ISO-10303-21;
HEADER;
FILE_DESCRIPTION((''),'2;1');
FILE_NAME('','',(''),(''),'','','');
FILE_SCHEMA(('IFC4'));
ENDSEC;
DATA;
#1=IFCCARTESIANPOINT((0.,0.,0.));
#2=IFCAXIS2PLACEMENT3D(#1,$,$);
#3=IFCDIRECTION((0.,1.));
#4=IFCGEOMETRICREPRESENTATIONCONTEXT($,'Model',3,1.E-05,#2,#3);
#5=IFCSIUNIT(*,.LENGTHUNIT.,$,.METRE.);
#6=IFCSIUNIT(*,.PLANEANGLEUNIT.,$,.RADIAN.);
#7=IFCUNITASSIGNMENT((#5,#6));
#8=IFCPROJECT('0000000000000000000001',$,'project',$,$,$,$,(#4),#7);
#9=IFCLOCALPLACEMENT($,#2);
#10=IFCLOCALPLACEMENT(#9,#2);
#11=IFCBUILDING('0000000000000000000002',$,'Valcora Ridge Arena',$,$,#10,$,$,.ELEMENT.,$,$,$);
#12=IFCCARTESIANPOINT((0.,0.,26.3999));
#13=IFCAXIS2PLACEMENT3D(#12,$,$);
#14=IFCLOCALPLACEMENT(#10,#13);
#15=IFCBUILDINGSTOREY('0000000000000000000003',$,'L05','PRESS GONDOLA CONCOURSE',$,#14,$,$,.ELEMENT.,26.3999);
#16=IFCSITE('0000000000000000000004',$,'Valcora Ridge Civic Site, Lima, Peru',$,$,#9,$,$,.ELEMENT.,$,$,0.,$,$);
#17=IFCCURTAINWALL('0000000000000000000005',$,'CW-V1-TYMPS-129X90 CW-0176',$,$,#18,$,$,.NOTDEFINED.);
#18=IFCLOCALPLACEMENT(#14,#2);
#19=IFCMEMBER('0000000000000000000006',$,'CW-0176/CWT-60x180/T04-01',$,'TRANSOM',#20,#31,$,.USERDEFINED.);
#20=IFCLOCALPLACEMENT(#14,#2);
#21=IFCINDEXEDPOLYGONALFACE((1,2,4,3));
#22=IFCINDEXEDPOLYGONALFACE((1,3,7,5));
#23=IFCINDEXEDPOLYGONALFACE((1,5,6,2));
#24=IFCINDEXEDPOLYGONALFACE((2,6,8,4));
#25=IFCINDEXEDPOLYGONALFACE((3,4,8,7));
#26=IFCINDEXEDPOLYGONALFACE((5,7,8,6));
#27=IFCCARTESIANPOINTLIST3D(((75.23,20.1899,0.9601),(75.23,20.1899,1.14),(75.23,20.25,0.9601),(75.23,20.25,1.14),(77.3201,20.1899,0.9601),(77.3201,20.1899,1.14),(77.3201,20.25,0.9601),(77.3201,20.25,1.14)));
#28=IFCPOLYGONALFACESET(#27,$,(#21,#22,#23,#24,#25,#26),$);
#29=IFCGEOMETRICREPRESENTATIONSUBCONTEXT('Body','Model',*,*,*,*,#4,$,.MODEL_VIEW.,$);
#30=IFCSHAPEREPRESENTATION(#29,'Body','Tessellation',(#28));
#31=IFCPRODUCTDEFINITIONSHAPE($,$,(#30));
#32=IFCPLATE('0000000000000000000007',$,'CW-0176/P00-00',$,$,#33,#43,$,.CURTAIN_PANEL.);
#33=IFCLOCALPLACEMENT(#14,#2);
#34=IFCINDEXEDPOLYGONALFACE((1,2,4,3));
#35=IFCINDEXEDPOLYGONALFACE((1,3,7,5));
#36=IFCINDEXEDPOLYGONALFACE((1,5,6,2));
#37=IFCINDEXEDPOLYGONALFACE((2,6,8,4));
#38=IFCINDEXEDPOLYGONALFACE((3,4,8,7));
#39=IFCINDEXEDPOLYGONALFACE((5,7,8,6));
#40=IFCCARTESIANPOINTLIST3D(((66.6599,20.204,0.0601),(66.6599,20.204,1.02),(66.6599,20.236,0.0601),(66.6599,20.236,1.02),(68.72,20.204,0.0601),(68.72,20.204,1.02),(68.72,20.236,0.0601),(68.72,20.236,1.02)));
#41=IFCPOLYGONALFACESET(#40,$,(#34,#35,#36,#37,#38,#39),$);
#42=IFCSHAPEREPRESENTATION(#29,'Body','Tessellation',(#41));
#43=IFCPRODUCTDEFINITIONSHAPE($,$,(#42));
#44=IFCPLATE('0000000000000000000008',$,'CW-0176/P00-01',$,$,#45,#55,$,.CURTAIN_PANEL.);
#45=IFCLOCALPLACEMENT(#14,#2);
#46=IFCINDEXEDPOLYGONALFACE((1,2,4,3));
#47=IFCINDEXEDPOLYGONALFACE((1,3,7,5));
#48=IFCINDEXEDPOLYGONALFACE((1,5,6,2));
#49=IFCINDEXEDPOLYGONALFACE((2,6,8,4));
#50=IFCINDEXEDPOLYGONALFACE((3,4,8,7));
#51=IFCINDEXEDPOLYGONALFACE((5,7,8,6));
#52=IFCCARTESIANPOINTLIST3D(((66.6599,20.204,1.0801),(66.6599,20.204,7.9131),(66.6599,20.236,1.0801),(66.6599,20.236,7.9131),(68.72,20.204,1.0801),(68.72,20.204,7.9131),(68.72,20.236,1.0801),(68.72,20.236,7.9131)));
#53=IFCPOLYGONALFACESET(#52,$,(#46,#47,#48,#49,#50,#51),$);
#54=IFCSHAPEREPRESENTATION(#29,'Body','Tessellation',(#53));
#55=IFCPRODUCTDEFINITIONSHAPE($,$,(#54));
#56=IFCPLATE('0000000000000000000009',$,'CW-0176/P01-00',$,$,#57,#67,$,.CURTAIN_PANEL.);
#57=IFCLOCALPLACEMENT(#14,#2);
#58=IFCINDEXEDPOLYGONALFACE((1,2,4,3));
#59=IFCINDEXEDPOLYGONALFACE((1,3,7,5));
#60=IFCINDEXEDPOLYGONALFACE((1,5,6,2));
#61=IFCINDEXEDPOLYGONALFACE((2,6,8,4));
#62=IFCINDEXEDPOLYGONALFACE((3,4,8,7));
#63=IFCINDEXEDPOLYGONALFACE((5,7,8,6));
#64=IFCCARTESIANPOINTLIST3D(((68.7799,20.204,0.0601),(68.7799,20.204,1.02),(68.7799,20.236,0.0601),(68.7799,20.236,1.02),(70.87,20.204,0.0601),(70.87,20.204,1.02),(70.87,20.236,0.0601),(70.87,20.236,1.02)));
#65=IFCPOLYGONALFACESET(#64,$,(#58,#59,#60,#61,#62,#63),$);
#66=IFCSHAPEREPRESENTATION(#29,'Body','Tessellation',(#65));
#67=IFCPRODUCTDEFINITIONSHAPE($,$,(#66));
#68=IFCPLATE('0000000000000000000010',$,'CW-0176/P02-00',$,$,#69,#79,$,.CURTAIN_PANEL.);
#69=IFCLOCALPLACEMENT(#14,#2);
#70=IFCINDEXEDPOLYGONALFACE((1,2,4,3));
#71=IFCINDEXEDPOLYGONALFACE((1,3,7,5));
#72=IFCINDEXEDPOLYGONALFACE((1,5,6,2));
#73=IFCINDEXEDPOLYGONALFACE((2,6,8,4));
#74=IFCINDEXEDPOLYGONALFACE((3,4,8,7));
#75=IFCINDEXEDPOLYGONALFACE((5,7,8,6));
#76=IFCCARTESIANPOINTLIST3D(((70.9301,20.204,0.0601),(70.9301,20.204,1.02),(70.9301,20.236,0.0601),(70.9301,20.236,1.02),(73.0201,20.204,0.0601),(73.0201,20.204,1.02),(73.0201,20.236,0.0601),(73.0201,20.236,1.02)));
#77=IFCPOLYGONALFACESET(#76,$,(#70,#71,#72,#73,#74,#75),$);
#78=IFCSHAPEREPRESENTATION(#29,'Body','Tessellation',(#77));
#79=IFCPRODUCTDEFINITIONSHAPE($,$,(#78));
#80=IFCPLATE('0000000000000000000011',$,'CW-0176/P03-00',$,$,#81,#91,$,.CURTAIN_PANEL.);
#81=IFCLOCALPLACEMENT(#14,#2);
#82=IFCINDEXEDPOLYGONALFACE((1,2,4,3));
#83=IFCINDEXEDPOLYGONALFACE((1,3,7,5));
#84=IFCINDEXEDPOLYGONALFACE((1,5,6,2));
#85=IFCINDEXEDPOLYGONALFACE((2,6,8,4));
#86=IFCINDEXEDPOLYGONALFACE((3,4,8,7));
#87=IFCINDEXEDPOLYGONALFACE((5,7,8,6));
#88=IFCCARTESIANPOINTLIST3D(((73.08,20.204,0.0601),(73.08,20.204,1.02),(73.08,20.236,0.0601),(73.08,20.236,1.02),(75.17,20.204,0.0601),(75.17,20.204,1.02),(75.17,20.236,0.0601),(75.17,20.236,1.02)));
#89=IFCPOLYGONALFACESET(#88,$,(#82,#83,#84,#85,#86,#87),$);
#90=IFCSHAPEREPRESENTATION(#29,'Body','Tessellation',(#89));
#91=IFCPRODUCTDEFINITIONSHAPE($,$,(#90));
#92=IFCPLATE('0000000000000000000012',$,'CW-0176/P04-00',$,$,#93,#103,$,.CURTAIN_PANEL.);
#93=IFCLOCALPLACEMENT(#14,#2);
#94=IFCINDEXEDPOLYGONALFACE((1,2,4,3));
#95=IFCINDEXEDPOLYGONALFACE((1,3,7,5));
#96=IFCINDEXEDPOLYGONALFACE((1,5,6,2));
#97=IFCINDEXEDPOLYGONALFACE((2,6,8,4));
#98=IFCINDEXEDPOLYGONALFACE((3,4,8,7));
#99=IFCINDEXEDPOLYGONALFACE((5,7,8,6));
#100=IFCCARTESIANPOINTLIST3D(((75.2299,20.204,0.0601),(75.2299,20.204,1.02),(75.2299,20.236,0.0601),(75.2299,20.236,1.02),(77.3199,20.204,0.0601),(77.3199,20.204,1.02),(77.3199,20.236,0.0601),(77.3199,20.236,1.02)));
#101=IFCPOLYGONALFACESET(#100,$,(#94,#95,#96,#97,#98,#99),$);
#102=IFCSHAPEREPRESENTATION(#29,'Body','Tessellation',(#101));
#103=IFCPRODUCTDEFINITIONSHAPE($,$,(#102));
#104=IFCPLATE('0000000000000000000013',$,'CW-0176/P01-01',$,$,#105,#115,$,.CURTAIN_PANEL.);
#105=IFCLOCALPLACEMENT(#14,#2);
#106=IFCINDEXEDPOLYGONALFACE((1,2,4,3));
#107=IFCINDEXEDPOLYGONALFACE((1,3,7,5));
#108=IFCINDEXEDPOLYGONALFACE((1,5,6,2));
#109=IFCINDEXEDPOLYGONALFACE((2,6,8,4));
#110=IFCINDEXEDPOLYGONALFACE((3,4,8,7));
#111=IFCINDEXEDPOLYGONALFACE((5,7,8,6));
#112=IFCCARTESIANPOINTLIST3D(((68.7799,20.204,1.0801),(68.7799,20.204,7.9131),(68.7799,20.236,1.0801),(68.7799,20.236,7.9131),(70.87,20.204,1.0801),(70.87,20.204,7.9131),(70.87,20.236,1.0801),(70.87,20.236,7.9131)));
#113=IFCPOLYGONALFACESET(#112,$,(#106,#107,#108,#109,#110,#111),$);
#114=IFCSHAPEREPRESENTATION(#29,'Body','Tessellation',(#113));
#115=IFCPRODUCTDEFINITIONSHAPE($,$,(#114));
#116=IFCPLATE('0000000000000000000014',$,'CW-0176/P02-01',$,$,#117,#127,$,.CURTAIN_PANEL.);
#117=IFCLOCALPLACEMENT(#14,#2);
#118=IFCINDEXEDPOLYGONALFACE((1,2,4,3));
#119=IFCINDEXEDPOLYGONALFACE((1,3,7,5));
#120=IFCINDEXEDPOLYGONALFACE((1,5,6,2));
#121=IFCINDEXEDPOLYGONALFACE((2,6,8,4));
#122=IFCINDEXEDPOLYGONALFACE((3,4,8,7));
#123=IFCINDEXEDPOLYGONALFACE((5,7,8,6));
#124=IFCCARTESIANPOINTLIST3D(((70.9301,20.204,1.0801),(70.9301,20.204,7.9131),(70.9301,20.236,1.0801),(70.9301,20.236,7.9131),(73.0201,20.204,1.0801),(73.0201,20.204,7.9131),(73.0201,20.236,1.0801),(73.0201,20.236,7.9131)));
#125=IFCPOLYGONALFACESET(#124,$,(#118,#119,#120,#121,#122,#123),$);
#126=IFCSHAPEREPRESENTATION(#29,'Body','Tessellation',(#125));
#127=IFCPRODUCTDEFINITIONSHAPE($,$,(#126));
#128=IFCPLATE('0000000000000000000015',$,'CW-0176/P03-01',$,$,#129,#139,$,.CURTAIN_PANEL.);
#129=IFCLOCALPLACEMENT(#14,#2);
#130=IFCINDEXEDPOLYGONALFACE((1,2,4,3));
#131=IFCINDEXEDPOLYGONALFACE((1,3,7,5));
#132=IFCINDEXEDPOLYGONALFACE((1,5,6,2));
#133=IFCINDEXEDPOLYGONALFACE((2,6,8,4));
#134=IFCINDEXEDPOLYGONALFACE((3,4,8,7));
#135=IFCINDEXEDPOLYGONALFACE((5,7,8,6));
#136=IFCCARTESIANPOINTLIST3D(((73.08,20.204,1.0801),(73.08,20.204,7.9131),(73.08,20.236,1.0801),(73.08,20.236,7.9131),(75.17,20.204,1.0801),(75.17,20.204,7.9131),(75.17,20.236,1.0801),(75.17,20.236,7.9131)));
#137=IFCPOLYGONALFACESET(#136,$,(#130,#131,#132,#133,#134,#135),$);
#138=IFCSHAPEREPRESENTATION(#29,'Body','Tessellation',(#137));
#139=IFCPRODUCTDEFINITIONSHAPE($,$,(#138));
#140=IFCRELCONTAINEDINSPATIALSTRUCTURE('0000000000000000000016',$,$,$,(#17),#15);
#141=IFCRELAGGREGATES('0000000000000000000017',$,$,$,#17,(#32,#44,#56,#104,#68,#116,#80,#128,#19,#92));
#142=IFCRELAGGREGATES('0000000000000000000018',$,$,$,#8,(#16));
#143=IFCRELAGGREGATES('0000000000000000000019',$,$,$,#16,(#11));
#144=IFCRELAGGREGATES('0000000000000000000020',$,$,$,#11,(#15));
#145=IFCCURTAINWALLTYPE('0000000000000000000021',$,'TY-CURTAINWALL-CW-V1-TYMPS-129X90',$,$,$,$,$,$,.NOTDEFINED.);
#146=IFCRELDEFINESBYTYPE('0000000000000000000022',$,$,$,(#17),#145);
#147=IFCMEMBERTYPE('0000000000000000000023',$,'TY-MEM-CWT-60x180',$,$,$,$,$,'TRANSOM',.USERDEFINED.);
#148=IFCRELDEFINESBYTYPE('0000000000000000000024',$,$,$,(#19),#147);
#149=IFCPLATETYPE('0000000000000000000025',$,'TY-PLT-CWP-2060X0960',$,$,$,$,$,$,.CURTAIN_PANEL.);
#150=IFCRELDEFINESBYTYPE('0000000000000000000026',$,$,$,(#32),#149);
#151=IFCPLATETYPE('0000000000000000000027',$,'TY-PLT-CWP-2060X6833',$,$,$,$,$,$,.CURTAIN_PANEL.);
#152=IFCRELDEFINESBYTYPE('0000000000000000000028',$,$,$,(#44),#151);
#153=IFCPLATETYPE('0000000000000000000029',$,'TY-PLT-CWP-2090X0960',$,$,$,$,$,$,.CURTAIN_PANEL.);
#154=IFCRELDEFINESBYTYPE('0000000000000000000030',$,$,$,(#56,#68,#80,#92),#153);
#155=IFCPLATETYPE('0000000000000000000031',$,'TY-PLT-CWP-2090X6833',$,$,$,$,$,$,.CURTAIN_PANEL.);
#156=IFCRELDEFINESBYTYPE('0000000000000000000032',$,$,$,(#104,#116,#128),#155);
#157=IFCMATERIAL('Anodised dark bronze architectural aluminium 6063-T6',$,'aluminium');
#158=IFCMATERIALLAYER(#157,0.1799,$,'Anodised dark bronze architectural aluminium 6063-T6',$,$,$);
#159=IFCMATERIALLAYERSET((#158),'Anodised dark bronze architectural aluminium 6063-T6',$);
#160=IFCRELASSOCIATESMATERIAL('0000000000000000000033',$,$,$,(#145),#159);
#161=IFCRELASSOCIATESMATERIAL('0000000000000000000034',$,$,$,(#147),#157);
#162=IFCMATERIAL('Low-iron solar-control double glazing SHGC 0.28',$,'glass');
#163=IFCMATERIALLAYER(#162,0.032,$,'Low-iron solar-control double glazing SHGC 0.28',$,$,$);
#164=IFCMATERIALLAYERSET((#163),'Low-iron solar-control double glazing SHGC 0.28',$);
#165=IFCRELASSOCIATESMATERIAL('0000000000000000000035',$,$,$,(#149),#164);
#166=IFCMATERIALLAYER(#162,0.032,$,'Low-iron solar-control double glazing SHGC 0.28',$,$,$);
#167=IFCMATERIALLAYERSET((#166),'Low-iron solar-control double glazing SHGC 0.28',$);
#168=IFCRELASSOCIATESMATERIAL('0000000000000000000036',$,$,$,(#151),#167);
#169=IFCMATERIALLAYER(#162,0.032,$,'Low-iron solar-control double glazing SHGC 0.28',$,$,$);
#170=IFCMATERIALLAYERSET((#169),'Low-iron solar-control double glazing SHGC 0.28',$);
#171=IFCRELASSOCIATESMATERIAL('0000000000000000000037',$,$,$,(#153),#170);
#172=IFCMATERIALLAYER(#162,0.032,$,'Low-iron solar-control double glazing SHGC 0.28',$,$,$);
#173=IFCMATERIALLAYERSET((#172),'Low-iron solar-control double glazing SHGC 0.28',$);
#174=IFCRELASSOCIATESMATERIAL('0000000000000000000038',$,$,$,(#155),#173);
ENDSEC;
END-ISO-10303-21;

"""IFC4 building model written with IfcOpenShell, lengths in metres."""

from ifc_helpers import new_model, si_unit, direction, frame, origin, origin_2d, place, context, subcontext, project, spatial, rectangle, extrude, material, layer, layer_set, material_profile, profile_set, type_object, element, aggregate, save


model = new_model("IFC4")

# Units and contexts
model_context = context("Model", 3, precision=1e-05, world=origin(), true_north=direction((0.0, 1.0)))
body_context = subcontext(model_context, "Body", "Model", "MODEL_VIEW")
ifc_project = project(units=[si_unit("LENGTHUNIT", "METRE"), si_unit("PLANEANGLEUNIT", "RADIAN")], contexts=[model_context])

# Site, building, storey
site_placement = place(None, origin())
site = spatial("IfcSite", under=ifc_project, at=site_placement, Name="Valcora Ridge Civic Site, Lima, Peru", CompositionType="ELEMENT", RefElevation=0.0)
building_placement = place(site_placement, origin())
building = spatial("IfcBuilding", under=site, at=building_placement, Name="Valcora Ridge Arena", CompositionType="ELEMENT")
storey_placement = place(building_placement, frame((0.0, 0.0, 26.3999)))
storey = spatial("IfcBuildingStorey", under=building, at=storey_placement, Name="L05", Description="PRESS GONDOLA CONCOURSE", CompositionType="ELEMENT", Elevation=26.3999)

# Shared definitions
ifc_material_1 = material(Name="Anodised dark bronze architectural aluminium 6063-T6", Category="aluminium")

# Curtain wall, member, plates
ifc_layer_1 = layer(ifc_material_1, 0.1799, Name="Anodised dark bronze architectural aluminium 6063-T6")
ifc_layer_set_1 = layer_set([ifc_layer_1], Name="Anodised dark bronze architectural aluminium 6063-T6")
curtain_wall_type_1 = type_object("IfcCurtainWallType", Name="TY-CURTAINWALL-CW-V1-TYMPS-129X90", PredefinedType="NOTDEFINED", material=ifc_layer_set_1)
curtain_wall_1_placement = place(storey_placement, origin())
curtain_wall_1 = element("IfcCurtainWall", 1, at=curtain_wall_1_placement, inside=storey, type_object=curtain_wall_type_1, Name="CW-V1-TYMPS-129X90 CW-0176", PredefinedType="NOTDEFINED")
ifc_material_profile_1 = material_profile(ifc_material_1, rectangle(XDim=0.0601, YDim=0.1799, at=origin_2d()), Name="ALU TRANSOM 60x180")
ifc_profile_set_1 = profile_set([ifc_material_profile_1], Name="Anodised dark bronze architectural aluminium 6063-T6")
member_type_1 = type_object("IfcMemberType", Name="TY-MEM-CWT-60x180", ElementType="TRANSOM", PredefinedType="USERDEFINED", material=ifc_profile_set_1)
member_1_placement = place(storey_placement, frame((75.23, 20.22, 1.05), z_axis=(1.0, 0.0, 0.0), x_axis=(0.0, 1.0, 0.0)))
member_1 = element("IfcMember", 2, at=member_1_placement, type_object=member_type_1, Name="CW-0176/CWT-60x180/T04-01", ObjectType="TRANSOM", PredefinedType="USERDEFINED", context=body_context, shape_type="SweptSolid", body=[
    extrude(rectangle(XDim=0.0601, YDim=0.1799, at=origin_2d()), origin(), (0.0, 0.0, 1.0), 2.0901),
])
ifc_material_2 = material(Name="Low-iron solar-control double glazing SHGC 0.28", Category="glass")
ifc_layer_2 = layer(ifc_material_2, 0.032, Name="Low-iron solar-control double glazing SHGC 0.28")
ifc_layer_set_2 = layer_set([ifc_layer_2], Name="Low-iron solar-control double glazing SHGC 0.28")
plate_type_1 = type_object("IfcPlateType", Name="TY-PLT-CWP-2060X0960", PredefinedType="CURTAIN_PANEL", material=ifc_layer_set_2)
plate_1_placement = place(storey_placement, frame((67.6899, 20.22, 0.0601), z_axis=(0.0, 0.0, 1.0), x_axis=(1.0, 0.0, 0.0)))
plate_1 = element("IfcPlate", 3, at=plate_1_placement, type_object=plate_type_1, Name="CW-0176/P00-00", PredefinedType="CURTAIN_PANEL", context=body_context, shape_type="SweptSolid", body=[
    extrude(rectangle(XDim=2.0601, YDim=0.032, at=origin_2d()), origin(), (0.0, 0.0, 1.0), 0.96),
])
ifc_layer_3 = layer(ifc_material_2, 0.032, Name="Low-iron solar-control double glazing SHGC 0.28")
ifc_layer_set_3 = layer_set([ifc_layer_3], Name="Low-iron solar-control double glazing SHGC 0.28")
plate_type_2 = type_object("IfcPlateType", Name="TY-PLT-CWP-2060X6833", PredefinedType="CURTAIN_PANEL", material=ifc_layer_set_3)
plate_2_placement = place(storey_placement, frame((67.6899, 20.22, 1.0801), z_axis=(0.0, 0.0, 1.0), x_axis=(1.0, 0.0, 0.0)))
plate_2 = element("IfcPlate", 4, at=plate_2_placement, type_object=plate_type_2, Name="CW-0176/P00-01", PredefinedType="CURTAIN_PANEL", context=body_context, shape_type="SweptSolid", body=[
    extrude(rectangle(XDim=2.0601, YDim=0.032, at=origin_2d()), origin(), (0.0, 0.0, 1.0), 6.833),
])
ifc_layer_4 = layer(ifc_material_2, 0.032, Name="Low-iron solar-control double glazing SHGC 0.28")
ifc_layer_set_4 = layer_set([ifc_layer_4], Name="Low-iron solar-control double glazing SHGC 0.28")
plate_type_3 = type_object("IfcPlateType", Name="TY-PLT-CWP-2090X0960", PredefinedType="CURTAIN_PANEL", material=ifc_layer_set_4)
plate_3_placement = place(storey_placement, frame((69.825, 20.22, 0.0601), z_axis=(0.0, 0.0, 1.0), x_axis=(1.0, 0.0, 0.0)))
plate_3 = element("IfcPlate", 5, at=plate_3_placement, type_object=plate_type_3, Name="CW-0176/P01-00", PredefinedType="CURTAIN_PANEL", context=body_context, shape_type="SweptSolid", body=[
    extrude(rectangle(XDim=2.0901, YDim=0.032, at=origin_2d()), origin(), (0.0, 0.0, 1.0), 0.96),
])
plate_4_placement = place(storey_placement, frame((71.9751, 20.22, 0.0601), z_axis=(0.0, 0.0, 1.0), x_axis=(1.0, 0.0, 0.0)))
plate_4 = element("IfcPlate", 6, at=plate_4_placement, type_object=plate_type_3, Name="CW-0176/P02-00", PredefinedType="CURTAIN_PANEL", context=body_context, shape_type="SweptSolid", body=[
    extrude(rectangle(XDim=2.0901, YDim=0.032, at=origin_2d()), origin(), (0.0, 0.0, 1.0), 0.96),
])
plate_5_placement = place(storey_placement, frame((74.125, 20.22, 0.0601), z_axis=(0.0, 0.0, 1.0), x_axis=(1.0, 0.0, 0.0)))
plate_5 = element("IfcPlate", 7, at=plate_5_placement, type_object=plate_type_3, Name="CW-0176/P03-00", PredefinedType="CURTAIN_PANEL", context=body_context, shape_type="SweptSolid", body=[
    extrude(rectangle(XDim=2.0901, YDim=0.032, at=origin_2d()), origin(), (0.0, 0.0, 1.0), 0.96),
])
plate_6_placement = place(storey_placement, frame((76.2749, 20.22, 0.0601), z_axis=(0.0, 0.0, 1.0), x_axis=(1.0, 0.0, 0.0)))
plate_6 = element("IfcPlate", 8, at=plate_6_placement, type_object=plate_type_3, Name="CW-0176/P04-00", PredefinedType="CURTAIN_PANEL", context=body_context, shape_type="SweptSolid", body=[
    extrude(rectangle(XDim=2.0901, YDim=0.032, at=origin_2d()), origin(), (0.0, 0.0, 1.0), 0.96),
])
ifc_layer_5 = layer(ifc_material_2, 0.032, Name="Low-iron solar-control double glazing SHGC 0.28")
ifc_layer_set_5 = layer_set([ifc_layer_5], Name="Low-iron solar-control double glazing SHGC 0.28")
plate_type_4 = type_object("IfcPlateType", Name="TY-PLT-CWP-2090X6833", PredefinedType="CURTAIN_PANEL", material=ifc_layer_set_5)
plate_7_placement = place(storey_placement, frame((69.825, 20.22, 1.0801), z_axis=(0.0, 0.0, 1.0), x_axis=(1.0, 0.0, 0.0)))
plate_7 = element("IfcPlate", 9, at=plate_7_placement, type_object=plate_type_4, Name="CW-0176/P01-01", PredefinedType="CURTAIN_PANEL", context=body_context, shape_type="SweptSolid", body=[
    extrude(rectangle(XDim=2.0901, YDim=0.032, at=origin_2d()), origin(), (0.0, 0.0, 1.0), 6.833),
])
plate_8_placement = place(storey_placement, frame((71.9751, 20.22, 1.0801), z_axis=(0.0, 0.0, 1.0), x_axis=(1.0, 0.0, 0.0)))
plate_8 = element("IfcPlate", 10, at=plate_8_placement, type_object=plate_type_4, Name="CW-0176/P02-01", PredefinedType="CURTAIN_PANEL", context=body_context, shape_type="SweptSolid", body=[
    extrude(rectangle(XDim=2.0901, YDim=0.032, at=origin_2d()), origin(), (0.0, 0.0, 1.0), 6.833),
])
plate_9_placement = place(storey_placement, frame((74.125, 20.22, 1.0801), z_axis=(0.0, 0.0, 1.0), x_axis=(1.0, 0.0, 0.0)))
plate_9 = element("IfcPlate", 11, at=plate_9_placement, type_object=plate_type_4, Name="CW-0176/P03-01", PredefinedType="CURTAIN_PANEL", context=body_context, shape_type="SweptSolid", body=[
    extrude(rectangle(XDim=2.0901, YDim=0.032, at=origin_2d()), origin(), (0.0, 0.0, 1.0), 6.833),
])
aggregate(curtain_wall_1, [plate_1, plate_2, plate_3, plate_7, plate_4, plate_8, plate_5, plate_9, member_1, plate_6])

save(model, "model.ifc")
